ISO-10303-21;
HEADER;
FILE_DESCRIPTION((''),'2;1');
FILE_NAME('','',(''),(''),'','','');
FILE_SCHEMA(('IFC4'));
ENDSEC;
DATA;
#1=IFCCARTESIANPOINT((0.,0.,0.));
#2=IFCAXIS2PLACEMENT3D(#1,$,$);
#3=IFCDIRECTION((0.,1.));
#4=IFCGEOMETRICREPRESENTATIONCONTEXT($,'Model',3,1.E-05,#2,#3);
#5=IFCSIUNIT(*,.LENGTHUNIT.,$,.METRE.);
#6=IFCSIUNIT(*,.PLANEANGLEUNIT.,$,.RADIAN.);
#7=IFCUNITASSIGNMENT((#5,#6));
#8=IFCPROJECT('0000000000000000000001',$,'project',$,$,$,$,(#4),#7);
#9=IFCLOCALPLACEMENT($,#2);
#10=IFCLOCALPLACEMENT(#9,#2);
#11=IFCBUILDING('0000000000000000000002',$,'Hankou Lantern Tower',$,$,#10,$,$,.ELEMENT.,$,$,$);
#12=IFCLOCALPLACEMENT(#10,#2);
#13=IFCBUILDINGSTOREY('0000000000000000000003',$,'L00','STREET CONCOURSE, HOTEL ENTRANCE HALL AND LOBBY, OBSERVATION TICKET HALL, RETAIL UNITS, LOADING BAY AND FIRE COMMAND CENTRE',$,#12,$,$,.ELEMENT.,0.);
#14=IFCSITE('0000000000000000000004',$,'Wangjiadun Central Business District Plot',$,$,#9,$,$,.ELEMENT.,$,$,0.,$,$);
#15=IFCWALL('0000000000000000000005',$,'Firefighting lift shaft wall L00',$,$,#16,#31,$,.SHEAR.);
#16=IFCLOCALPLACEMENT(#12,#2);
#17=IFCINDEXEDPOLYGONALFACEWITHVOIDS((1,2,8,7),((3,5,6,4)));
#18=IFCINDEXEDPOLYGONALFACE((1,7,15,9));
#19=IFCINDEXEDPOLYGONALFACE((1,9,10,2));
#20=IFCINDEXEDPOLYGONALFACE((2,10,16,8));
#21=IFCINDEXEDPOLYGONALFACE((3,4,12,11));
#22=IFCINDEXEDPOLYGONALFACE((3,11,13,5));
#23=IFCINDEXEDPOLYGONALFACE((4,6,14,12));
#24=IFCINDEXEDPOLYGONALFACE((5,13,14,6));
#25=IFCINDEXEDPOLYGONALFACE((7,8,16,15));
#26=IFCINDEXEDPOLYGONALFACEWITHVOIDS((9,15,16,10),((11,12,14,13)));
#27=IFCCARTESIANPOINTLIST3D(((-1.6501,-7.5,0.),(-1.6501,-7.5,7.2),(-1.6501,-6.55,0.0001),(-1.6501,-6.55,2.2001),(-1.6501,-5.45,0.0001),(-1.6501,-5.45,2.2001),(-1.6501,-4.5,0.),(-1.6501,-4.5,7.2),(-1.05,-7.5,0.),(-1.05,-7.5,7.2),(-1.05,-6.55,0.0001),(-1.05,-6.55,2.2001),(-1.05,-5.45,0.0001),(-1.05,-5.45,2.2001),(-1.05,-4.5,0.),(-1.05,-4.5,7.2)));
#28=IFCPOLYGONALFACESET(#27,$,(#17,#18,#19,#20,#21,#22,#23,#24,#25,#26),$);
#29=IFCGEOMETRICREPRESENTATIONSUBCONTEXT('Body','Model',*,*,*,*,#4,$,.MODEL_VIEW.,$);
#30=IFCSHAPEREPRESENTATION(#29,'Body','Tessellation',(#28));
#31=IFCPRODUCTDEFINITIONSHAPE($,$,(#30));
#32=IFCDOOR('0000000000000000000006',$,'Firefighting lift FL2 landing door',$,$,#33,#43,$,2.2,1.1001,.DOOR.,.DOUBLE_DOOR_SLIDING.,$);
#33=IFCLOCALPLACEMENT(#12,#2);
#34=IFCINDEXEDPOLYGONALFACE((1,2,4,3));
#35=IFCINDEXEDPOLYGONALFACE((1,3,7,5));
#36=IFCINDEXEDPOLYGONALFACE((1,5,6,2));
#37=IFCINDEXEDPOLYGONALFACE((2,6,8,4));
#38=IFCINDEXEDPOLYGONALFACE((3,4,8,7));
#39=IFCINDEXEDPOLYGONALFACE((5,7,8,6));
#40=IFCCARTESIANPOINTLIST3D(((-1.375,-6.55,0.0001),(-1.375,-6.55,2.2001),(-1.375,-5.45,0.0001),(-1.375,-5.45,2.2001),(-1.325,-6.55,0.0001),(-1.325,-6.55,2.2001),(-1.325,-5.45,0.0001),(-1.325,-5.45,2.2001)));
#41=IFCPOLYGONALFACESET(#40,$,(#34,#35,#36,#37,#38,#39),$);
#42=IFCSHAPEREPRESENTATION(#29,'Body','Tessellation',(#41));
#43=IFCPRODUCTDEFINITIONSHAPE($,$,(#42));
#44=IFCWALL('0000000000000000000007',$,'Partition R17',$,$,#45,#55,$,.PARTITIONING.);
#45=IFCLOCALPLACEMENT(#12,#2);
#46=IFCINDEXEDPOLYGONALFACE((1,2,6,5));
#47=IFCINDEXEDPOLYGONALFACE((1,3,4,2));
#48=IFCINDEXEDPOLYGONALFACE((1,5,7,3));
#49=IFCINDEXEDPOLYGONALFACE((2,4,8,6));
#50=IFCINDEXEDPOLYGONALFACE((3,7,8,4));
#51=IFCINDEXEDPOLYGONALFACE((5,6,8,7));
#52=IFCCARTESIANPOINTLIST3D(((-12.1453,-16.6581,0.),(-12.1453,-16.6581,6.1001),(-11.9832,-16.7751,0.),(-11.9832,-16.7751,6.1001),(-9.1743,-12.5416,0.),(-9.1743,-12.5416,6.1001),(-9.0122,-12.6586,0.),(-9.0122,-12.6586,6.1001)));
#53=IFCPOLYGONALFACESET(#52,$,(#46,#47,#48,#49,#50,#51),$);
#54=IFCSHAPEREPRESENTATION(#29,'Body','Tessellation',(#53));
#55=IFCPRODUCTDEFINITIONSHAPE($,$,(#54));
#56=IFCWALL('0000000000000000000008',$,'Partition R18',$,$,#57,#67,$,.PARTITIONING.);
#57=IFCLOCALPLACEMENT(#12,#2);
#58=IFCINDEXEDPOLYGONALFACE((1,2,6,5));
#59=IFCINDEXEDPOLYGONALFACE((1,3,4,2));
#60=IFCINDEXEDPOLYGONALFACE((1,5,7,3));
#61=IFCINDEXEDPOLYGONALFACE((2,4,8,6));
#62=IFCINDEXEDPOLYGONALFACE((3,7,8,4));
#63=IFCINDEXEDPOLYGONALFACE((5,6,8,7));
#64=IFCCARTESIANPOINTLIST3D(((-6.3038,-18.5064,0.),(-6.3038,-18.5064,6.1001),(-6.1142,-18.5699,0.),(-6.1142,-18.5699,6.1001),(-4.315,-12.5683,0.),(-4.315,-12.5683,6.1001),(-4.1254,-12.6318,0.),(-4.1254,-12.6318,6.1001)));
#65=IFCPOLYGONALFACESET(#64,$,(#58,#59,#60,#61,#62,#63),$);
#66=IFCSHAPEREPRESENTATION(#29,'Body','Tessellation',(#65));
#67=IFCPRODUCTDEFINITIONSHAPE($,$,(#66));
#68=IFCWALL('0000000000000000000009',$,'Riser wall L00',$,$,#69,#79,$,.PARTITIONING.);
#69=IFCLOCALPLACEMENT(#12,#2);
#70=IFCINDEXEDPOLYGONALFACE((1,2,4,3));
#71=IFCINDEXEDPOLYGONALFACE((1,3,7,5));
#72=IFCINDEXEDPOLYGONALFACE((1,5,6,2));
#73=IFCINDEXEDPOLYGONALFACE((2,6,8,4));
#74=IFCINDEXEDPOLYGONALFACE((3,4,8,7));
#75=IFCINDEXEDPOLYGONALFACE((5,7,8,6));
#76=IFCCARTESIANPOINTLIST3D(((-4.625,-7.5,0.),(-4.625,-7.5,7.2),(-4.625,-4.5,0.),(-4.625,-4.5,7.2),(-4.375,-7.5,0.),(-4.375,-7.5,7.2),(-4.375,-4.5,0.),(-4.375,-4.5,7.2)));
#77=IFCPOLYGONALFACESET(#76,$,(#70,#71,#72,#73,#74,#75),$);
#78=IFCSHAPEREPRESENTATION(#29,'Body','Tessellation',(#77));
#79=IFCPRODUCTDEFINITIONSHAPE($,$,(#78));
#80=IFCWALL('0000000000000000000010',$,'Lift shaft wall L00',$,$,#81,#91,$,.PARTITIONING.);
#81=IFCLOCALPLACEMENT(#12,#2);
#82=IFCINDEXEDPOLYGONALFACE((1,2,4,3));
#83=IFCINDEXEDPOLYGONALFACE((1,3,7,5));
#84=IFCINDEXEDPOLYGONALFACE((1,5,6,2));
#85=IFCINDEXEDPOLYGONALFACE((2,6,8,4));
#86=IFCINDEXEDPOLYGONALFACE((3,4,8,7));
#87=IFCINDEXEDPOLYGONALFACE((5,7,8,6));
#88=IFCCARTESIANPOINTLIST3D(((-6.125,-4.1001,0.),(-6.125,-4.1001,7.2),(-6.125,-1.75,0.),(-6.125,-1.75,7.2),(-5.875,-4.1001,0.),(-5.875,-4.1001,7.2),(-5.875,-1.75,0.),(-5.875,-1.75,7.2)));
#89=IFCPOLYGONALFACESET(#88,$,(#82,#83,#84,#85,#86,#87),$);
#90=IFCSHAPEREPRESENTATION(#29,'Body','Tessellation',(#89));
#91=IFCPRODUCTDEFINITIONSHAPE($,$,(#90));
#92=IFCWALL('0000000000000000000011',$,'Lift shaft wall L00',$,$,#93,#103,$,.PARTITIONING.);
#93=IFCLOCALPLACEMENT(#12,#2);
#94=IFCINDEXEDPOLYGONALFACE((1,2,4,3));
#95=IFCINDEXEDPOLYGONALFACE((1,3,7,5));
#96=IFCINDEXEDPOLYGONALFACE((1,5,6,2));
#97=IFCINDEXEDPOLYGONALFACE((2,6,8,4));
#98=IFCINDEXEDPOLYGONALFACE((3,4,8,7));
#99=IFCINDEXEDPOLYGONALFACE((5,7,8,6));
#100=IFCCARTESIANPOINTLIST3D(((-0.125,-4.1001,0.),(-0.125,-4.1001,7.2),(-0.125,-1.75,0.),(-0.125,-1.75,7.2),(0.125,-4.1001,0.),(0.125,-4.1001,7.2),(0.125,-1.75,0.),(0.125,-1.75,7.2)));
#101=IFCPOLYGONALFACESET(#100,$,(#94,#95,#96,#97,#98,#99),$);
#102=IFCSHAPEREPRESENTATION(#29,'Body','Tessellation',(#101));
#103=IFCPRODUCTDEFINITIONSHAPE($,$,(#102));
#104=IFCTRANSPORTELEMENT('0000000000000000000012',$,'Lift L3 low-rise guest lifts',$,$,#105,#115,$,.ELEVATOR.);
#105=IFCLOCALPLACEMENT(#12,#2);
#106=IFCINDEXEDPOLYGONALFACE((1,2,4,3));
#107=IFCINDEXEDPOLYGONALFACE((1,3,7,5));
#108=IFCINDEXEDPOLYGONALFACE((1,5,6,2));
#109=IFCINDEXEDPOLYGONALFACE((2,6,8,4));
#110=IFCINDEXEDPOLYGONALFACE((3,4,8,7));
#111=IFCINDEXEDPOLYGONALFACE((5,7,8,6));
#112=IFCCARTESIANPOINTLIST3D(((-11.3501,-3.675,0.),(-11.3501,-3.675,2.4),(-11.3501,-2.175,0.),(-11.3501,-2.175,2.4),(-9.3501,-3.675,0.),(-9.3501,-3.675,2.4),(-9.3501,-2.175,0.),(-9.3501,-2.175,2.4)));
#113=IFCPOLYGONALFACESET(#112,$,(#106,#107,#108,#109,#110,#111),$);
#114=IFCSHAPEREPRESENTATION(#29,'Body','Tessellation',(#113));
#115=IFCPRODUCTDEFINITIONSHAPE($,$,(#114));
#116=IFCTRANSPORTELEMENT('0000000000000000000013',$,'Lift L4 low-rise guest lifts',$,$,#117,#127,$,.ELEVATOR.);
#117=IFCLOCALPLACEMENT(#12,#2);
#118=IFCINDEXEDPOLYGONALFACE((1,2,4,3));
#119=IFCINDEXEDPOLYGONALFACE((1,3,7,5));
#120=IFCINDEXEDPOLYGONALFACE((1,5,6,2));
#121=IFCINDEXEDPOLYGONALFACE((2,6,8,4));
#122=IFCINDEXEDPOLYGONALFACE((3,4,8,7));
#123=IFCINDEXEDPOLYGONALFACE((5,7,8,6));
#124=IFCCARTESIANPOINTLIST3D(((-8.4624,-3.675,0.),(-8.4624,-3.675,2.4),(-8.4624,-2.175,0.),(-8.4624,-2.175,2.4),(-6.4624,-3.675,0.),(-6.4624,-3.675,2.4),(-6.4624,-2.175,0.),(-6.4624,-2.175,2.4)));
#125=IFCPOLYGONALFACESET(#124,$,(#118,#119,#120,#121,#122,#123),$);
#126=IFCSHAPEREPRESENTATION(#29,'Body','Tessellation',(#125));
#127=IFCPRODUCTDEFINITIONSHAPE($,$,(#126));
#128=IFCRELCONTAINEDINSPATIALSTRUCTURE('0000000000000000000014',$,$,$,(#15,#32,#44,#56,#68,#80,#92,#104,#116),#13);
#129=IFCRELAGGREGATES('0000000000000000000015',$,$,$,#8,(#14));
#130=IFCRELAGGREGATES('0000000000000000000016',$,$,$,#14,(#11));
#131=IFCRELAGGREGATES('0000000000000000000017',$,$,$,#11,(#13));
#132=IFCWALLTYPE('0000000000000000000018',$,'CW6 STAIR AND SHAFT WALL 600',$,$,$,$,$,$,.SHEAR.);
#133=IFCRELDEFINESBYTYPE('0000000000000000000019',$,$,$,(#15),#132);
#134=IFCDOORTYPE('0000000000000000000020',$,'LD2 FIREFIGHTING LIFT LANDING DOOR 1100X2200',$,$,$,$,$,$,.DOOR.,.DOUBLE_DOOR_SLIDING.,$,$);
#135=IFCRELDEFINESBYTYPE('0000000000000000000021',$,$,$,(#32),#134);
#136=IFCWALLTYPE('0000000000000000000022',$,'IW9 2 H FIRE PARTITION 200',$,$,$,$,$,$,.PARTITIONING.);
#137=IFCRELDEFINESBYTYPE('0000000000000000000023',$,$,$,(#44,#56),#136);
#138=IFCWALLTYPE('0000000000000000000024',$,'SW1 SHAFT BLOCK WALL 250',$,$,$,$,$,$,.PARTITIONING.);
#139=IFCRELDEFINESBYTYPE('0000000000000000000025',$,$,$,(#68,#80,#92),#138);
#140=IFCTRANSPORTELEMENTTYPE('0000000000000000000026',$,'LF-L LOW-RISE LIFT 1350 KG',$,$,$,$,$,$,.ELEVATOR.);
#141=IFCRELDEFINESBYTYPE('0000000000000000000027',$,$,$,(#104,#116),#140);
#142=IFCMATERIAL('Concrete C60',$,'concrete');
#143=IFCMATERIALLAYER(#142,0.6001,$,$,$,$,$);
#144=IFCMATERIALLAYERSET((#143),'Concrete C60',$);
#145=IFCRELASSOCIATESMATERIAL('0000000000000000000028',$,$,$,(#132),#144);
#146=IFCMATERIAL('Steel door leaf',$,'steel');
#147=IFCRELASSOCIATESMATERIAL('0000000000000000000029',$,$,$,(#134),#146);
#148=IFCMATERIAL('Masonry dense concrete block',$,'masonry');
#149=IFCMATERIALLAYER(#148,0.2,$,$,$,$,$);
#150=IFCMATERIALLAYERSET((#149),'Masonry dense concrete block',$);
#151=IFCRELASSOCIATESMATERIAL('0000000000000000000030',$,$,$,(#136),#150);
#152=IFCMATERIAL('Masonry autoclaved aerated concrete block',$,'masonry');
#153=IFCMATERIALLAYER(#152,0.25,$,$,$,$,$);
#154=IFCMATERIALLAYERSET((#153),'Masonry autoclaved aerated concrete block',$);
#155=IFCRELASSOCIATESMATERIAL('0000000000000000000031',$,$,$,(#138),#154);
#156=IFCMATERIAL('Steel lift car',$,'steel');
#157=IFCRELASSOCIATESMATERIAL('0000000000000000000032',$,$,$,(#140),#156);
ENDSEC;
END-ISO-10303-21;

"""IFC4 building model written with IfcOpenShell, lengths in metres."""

from ifc_helpers import new_model, si_unit, direction, frame, frame_2d, origin, origin_2d, place, context, subcontext, project, spatial, rectangle, extrude, material, layer, layer_set, type_object, element, fill, save


model = new_model("IFC4")

# Units and contexts
model_context = context("Model", 3, precision=1e-05, world=origin(), true_north=direction((0.0, 1.0)))
body_context = subcontext(model_context, "Body", "Model", "MODEL_VIEW")
ifc_project = project(units=[si_unit("LENGTHUNIT", "METRE"), si_unit("PLANEANGLEUNIT", "RADIAN")], contexts=[model_context])

# Site, building, storey
site_placement = place(None, origin())
site = spatial("IfcSite", under=ifc_project, at=site_placement, Name="Wangjiadun Central Business District Plot", CompositionType="ELEMENT", RefElevation=0.0)
building_placement = place(site_placement, origin())
building = spatial("IfcBuilding", under=site, at=building_placement, Name="Hankou Lantern Tower", CompositionType="ELEMENT")
storey_placement = place(building_placement, origin())
storey = spatial("IfcBuildingStorey", under=building, at=storey_placement, Name="L00", Description="STREET CONCOURSE, HOTEL ENTRANCE HALL AND LOBBY, OBSERVATION TICKET HALL, RETAIL UNITS, LOADING BAY AND FIRE COMMAND CENTRE", CompositionType="ELEMENT", Elevation=0.0)

# Wall, opening, door
ifc_material_1 = material(Name="Concrete C60", Category="concrete")
ifc_layer_1 = layer(ifc_material_1, 0.6001)
ifc_layer_set_1 = layer_set([ifc_layer_1], Name="Concrete C60")
wall_type_1 = type_object("IfcWallType", Name="CW6 STAIR AND SHAFT WALL 600", PredefinedType="SHEAR", material=ifc_layer_set_1)
wall_1_placement = place(storey_placement, frame((-1.3501, -7.5, 0.0), z_axis=(0.0, 0.0, 1.0), x_axis=(0.0, 1.0, 0.0)))
wall_1 = element("IfcWall", 1, at=wall_1_placement, inside=storey, type_object=wall_type_1, Name="Firefighting lift shaft wall L00", PredefinedType="SHEAR", context=body_context, shape_type="SweptSolid", body=[
    extrude(rectangle(XDim=3.0, YDim=0.6001, at=frame_2d((1.5, 0.0))), origin(), (0.0, 0.0, 1.0), 7.2),
])
opening_1_placement = place(wall_1_placement, frame((0.95, 0.0, 0.0)))
opening_1 = element("IfcOpeningElement", 2, at=opening_1_placement, cuts=wall_1, PredefinedType="OPENING", context=body_context, shape_type="SweptSolid", body=[
    extrude(rectangle(XDim=1.1001, YDim=2.2, at=frame_2d((0.55, 1.1001))), frame((0.0, 0.3101, 0.0), z_axis=(0.0, -1.0, 0.0), x_axis=(1.0, 0.0, 0.0)), (0.0, 0.0, 1.0), 0.6201),
])
ifc_material_2 = material(Name="Steel door leaf", Category="steel")
door_type_1 = type_object("IfcDoorType", Name="LD2 FIREFIGHTING LIFT LANDING DOOR 1100X2200", OperationType="DOUBLE_DOOR_SLIDING", PredefinedType="DOOR", material=ifc_material_2)
door_1_placement = place(opening_1_placement, origin())
door_1 = element("IfcDoor", 3, at=door_1_placement, inside=storey, type_object=door_type_1, Name="Firefighting lift FL2 landing door", OperationType="DOUBLE_DOOR_SLIDING", OverallHeight=2.2, OverallWidth=1.1001, PredefinedType="DOOR", context=body_context, shape_type="SweptSolid", body=[
    extrude(rectangle(XDim=1.1001, YDim=2.2, at=frame_2d((0.55, 1.1001))), frame((0.0, 0.0249, 0.0), z_axis=(0.0, -1.0, 0.0), x_axis=(1.0, 0.0, 0.0)), (0.0, 0.0, 1.0), 0.05),
])
fill(opening_1, door_1)

# Walls
ifc_material_3 = material(Name="Masonry dense concrete block", Category="masonry")
ifc_layer_2 = layer(ifc_material_3, 0.2)
ifc_layer_set_2 = layer_set([ifc_layer_2], Name="Masonry dense concrete block")
wall_type_2 = type_object("IfcWallType", Name="IW9 2 H FIRE PARTITION 200", PredefinedType="PARTITIONING", material=ifc_layer_set_2)
wall_2_placement = place(storey_placement, frame((-9.0933, -12.6001, 0.0), z_axis=(0.0, 0.0, 1.0), x_axis=(-0.585225, -0.810871, 0.0)))
element("IfcWall", 4, at=wall_2_placement, inside=storey, type_object=wall_type_2, Name="Partition R17", PredefinedType="PARTITIONING", context=body_context, shape_type="SweptSolid", body=[
    extrude(rectangle(XDim=5.0767, YDim=0.2, at=frame_2d((2.5383, 0.0))), origin(), (0.0, 0.0, 1.0), 6.1001),
])
wall_3_placement = place(storey_placement, frame((-4.2202, -12.6001, 0.0), z_axis=(0.0, 0.0, 1.0), x_axis=(-0.317584, -0.94823, 0.0)))
element("IfcWall", 5, at=wall_3_placement, inside=storey, type_object=wall_type_2, Name="Partition R18", PredefinedType="PARTITIONING", context=body_context, shape_type="SweptSolid", body=[
    extrude(rectangle(XDim=6.2622, YDim=0.2, at=frame_2d((3.1311, 0.0))), origin(), (0.0, 0.0, 1.0), 6.1001),
])
ifc_material_4 = material(Name="Masonry autoclaved aerated concrete block", Category="masonry")
ifc_layer_3 = layer(ifc_material_4, 0.25)
ifc_layer_set_3 = layer_set([ifc_layer_3], Name="Masonry autoclaved aerated concrete block")
wall_type_3 = type_object("IfcWallType", Name="SW1 SHAFT BLOCK WALL 250", PredefinedType="PARTITIONING", material=ifc_layer_set_3)
wall_4_placement = place(storey_placement, frame((-4.5, -7.5, 0.0), z_axis=(0.0, 0.0, 1.0), x_axis=(0.0, 1.0, 0.0)))
element("IfcWall", 6, at=wall_4_placement, inside=storey, type_object=wall_type_3, Name="Riser wall L00", PredefinedType="PARTITIONING", context=body_context, shape_type="SweptSolid", body=[
    extrude(rectangle(XDim=3.0, YDim=0.25, at=frame_2d((1.5, 0.0))), origin(), (0.0, 0.0, 1.0), 7.2),
])
for number, where, z_axis, x_axis, name in (
    (7, (-6.0, -4.1001, 0.0), (0.0, 0.0, 1.0), (0.0, 1.0, 0.0), "Lift shaft wall L00"),
    (8, (0.0, -4.1001, 0.0), (0.0, 0.0, 1.0), (0.0, 1.0, 0.0), "Lift shaft wall L00"),
):
    element("IfcWall", number, at=place(storey_placement, frame(where, z_axis=z_axis, x_axis=x_axis)), inside=storey, type_object=wall_type_3, Name=name, PredefinedType="PARTITIONING", context=body_context, shape_type="SweptSolid", body=[
        extrude(rectangle(XDim=2.3501, YDim=0.25, at=frame_2d((1.175, 0.0))), origin(), (0.0, 0.0, 1.0), 7.2),
    ])

# Transport elements
ifc_material_5 = material(Name="Steel lift car", Category="steel")
transport_element_type = type_object("IfcTransportElementType", Name="LF-L LOW-RISE LIFT 1350 KG", PredefinedType="ELEVATOR", material=ifc_material_5)
for number, where, z_axis, x_axis, name in (
    (9, (-10.3501, -2.925, 0.0), (0.0, 0.0, 1.0), (1.0, 0.0, 0.0), "Lift L3 low-rise guest lifts"),
    (10, (-7.4624, -2.925, 0.0), (0.0, 0.0, 1.0), (1.0, 0.0, 0.0), "Lift L4 low-rise guest lifts"),
):
    element("IfcTransportElement", number, at=place(storey_placement, frame(where, z_axis=z_axis, x_axis=x_axis)), inside=storey, type_object=transport_element_type, Name=name, PredefinedType="ELEVATOR", context=body_context, shape_type="SweptSolid", body=[
        extrude(rectangle(XDim=2.0, YDim=1.5, at=origin_2d()), origin(), (0.0, 0.0, 1.0), 2.4),
    ])

save(model, "model.ifc")
